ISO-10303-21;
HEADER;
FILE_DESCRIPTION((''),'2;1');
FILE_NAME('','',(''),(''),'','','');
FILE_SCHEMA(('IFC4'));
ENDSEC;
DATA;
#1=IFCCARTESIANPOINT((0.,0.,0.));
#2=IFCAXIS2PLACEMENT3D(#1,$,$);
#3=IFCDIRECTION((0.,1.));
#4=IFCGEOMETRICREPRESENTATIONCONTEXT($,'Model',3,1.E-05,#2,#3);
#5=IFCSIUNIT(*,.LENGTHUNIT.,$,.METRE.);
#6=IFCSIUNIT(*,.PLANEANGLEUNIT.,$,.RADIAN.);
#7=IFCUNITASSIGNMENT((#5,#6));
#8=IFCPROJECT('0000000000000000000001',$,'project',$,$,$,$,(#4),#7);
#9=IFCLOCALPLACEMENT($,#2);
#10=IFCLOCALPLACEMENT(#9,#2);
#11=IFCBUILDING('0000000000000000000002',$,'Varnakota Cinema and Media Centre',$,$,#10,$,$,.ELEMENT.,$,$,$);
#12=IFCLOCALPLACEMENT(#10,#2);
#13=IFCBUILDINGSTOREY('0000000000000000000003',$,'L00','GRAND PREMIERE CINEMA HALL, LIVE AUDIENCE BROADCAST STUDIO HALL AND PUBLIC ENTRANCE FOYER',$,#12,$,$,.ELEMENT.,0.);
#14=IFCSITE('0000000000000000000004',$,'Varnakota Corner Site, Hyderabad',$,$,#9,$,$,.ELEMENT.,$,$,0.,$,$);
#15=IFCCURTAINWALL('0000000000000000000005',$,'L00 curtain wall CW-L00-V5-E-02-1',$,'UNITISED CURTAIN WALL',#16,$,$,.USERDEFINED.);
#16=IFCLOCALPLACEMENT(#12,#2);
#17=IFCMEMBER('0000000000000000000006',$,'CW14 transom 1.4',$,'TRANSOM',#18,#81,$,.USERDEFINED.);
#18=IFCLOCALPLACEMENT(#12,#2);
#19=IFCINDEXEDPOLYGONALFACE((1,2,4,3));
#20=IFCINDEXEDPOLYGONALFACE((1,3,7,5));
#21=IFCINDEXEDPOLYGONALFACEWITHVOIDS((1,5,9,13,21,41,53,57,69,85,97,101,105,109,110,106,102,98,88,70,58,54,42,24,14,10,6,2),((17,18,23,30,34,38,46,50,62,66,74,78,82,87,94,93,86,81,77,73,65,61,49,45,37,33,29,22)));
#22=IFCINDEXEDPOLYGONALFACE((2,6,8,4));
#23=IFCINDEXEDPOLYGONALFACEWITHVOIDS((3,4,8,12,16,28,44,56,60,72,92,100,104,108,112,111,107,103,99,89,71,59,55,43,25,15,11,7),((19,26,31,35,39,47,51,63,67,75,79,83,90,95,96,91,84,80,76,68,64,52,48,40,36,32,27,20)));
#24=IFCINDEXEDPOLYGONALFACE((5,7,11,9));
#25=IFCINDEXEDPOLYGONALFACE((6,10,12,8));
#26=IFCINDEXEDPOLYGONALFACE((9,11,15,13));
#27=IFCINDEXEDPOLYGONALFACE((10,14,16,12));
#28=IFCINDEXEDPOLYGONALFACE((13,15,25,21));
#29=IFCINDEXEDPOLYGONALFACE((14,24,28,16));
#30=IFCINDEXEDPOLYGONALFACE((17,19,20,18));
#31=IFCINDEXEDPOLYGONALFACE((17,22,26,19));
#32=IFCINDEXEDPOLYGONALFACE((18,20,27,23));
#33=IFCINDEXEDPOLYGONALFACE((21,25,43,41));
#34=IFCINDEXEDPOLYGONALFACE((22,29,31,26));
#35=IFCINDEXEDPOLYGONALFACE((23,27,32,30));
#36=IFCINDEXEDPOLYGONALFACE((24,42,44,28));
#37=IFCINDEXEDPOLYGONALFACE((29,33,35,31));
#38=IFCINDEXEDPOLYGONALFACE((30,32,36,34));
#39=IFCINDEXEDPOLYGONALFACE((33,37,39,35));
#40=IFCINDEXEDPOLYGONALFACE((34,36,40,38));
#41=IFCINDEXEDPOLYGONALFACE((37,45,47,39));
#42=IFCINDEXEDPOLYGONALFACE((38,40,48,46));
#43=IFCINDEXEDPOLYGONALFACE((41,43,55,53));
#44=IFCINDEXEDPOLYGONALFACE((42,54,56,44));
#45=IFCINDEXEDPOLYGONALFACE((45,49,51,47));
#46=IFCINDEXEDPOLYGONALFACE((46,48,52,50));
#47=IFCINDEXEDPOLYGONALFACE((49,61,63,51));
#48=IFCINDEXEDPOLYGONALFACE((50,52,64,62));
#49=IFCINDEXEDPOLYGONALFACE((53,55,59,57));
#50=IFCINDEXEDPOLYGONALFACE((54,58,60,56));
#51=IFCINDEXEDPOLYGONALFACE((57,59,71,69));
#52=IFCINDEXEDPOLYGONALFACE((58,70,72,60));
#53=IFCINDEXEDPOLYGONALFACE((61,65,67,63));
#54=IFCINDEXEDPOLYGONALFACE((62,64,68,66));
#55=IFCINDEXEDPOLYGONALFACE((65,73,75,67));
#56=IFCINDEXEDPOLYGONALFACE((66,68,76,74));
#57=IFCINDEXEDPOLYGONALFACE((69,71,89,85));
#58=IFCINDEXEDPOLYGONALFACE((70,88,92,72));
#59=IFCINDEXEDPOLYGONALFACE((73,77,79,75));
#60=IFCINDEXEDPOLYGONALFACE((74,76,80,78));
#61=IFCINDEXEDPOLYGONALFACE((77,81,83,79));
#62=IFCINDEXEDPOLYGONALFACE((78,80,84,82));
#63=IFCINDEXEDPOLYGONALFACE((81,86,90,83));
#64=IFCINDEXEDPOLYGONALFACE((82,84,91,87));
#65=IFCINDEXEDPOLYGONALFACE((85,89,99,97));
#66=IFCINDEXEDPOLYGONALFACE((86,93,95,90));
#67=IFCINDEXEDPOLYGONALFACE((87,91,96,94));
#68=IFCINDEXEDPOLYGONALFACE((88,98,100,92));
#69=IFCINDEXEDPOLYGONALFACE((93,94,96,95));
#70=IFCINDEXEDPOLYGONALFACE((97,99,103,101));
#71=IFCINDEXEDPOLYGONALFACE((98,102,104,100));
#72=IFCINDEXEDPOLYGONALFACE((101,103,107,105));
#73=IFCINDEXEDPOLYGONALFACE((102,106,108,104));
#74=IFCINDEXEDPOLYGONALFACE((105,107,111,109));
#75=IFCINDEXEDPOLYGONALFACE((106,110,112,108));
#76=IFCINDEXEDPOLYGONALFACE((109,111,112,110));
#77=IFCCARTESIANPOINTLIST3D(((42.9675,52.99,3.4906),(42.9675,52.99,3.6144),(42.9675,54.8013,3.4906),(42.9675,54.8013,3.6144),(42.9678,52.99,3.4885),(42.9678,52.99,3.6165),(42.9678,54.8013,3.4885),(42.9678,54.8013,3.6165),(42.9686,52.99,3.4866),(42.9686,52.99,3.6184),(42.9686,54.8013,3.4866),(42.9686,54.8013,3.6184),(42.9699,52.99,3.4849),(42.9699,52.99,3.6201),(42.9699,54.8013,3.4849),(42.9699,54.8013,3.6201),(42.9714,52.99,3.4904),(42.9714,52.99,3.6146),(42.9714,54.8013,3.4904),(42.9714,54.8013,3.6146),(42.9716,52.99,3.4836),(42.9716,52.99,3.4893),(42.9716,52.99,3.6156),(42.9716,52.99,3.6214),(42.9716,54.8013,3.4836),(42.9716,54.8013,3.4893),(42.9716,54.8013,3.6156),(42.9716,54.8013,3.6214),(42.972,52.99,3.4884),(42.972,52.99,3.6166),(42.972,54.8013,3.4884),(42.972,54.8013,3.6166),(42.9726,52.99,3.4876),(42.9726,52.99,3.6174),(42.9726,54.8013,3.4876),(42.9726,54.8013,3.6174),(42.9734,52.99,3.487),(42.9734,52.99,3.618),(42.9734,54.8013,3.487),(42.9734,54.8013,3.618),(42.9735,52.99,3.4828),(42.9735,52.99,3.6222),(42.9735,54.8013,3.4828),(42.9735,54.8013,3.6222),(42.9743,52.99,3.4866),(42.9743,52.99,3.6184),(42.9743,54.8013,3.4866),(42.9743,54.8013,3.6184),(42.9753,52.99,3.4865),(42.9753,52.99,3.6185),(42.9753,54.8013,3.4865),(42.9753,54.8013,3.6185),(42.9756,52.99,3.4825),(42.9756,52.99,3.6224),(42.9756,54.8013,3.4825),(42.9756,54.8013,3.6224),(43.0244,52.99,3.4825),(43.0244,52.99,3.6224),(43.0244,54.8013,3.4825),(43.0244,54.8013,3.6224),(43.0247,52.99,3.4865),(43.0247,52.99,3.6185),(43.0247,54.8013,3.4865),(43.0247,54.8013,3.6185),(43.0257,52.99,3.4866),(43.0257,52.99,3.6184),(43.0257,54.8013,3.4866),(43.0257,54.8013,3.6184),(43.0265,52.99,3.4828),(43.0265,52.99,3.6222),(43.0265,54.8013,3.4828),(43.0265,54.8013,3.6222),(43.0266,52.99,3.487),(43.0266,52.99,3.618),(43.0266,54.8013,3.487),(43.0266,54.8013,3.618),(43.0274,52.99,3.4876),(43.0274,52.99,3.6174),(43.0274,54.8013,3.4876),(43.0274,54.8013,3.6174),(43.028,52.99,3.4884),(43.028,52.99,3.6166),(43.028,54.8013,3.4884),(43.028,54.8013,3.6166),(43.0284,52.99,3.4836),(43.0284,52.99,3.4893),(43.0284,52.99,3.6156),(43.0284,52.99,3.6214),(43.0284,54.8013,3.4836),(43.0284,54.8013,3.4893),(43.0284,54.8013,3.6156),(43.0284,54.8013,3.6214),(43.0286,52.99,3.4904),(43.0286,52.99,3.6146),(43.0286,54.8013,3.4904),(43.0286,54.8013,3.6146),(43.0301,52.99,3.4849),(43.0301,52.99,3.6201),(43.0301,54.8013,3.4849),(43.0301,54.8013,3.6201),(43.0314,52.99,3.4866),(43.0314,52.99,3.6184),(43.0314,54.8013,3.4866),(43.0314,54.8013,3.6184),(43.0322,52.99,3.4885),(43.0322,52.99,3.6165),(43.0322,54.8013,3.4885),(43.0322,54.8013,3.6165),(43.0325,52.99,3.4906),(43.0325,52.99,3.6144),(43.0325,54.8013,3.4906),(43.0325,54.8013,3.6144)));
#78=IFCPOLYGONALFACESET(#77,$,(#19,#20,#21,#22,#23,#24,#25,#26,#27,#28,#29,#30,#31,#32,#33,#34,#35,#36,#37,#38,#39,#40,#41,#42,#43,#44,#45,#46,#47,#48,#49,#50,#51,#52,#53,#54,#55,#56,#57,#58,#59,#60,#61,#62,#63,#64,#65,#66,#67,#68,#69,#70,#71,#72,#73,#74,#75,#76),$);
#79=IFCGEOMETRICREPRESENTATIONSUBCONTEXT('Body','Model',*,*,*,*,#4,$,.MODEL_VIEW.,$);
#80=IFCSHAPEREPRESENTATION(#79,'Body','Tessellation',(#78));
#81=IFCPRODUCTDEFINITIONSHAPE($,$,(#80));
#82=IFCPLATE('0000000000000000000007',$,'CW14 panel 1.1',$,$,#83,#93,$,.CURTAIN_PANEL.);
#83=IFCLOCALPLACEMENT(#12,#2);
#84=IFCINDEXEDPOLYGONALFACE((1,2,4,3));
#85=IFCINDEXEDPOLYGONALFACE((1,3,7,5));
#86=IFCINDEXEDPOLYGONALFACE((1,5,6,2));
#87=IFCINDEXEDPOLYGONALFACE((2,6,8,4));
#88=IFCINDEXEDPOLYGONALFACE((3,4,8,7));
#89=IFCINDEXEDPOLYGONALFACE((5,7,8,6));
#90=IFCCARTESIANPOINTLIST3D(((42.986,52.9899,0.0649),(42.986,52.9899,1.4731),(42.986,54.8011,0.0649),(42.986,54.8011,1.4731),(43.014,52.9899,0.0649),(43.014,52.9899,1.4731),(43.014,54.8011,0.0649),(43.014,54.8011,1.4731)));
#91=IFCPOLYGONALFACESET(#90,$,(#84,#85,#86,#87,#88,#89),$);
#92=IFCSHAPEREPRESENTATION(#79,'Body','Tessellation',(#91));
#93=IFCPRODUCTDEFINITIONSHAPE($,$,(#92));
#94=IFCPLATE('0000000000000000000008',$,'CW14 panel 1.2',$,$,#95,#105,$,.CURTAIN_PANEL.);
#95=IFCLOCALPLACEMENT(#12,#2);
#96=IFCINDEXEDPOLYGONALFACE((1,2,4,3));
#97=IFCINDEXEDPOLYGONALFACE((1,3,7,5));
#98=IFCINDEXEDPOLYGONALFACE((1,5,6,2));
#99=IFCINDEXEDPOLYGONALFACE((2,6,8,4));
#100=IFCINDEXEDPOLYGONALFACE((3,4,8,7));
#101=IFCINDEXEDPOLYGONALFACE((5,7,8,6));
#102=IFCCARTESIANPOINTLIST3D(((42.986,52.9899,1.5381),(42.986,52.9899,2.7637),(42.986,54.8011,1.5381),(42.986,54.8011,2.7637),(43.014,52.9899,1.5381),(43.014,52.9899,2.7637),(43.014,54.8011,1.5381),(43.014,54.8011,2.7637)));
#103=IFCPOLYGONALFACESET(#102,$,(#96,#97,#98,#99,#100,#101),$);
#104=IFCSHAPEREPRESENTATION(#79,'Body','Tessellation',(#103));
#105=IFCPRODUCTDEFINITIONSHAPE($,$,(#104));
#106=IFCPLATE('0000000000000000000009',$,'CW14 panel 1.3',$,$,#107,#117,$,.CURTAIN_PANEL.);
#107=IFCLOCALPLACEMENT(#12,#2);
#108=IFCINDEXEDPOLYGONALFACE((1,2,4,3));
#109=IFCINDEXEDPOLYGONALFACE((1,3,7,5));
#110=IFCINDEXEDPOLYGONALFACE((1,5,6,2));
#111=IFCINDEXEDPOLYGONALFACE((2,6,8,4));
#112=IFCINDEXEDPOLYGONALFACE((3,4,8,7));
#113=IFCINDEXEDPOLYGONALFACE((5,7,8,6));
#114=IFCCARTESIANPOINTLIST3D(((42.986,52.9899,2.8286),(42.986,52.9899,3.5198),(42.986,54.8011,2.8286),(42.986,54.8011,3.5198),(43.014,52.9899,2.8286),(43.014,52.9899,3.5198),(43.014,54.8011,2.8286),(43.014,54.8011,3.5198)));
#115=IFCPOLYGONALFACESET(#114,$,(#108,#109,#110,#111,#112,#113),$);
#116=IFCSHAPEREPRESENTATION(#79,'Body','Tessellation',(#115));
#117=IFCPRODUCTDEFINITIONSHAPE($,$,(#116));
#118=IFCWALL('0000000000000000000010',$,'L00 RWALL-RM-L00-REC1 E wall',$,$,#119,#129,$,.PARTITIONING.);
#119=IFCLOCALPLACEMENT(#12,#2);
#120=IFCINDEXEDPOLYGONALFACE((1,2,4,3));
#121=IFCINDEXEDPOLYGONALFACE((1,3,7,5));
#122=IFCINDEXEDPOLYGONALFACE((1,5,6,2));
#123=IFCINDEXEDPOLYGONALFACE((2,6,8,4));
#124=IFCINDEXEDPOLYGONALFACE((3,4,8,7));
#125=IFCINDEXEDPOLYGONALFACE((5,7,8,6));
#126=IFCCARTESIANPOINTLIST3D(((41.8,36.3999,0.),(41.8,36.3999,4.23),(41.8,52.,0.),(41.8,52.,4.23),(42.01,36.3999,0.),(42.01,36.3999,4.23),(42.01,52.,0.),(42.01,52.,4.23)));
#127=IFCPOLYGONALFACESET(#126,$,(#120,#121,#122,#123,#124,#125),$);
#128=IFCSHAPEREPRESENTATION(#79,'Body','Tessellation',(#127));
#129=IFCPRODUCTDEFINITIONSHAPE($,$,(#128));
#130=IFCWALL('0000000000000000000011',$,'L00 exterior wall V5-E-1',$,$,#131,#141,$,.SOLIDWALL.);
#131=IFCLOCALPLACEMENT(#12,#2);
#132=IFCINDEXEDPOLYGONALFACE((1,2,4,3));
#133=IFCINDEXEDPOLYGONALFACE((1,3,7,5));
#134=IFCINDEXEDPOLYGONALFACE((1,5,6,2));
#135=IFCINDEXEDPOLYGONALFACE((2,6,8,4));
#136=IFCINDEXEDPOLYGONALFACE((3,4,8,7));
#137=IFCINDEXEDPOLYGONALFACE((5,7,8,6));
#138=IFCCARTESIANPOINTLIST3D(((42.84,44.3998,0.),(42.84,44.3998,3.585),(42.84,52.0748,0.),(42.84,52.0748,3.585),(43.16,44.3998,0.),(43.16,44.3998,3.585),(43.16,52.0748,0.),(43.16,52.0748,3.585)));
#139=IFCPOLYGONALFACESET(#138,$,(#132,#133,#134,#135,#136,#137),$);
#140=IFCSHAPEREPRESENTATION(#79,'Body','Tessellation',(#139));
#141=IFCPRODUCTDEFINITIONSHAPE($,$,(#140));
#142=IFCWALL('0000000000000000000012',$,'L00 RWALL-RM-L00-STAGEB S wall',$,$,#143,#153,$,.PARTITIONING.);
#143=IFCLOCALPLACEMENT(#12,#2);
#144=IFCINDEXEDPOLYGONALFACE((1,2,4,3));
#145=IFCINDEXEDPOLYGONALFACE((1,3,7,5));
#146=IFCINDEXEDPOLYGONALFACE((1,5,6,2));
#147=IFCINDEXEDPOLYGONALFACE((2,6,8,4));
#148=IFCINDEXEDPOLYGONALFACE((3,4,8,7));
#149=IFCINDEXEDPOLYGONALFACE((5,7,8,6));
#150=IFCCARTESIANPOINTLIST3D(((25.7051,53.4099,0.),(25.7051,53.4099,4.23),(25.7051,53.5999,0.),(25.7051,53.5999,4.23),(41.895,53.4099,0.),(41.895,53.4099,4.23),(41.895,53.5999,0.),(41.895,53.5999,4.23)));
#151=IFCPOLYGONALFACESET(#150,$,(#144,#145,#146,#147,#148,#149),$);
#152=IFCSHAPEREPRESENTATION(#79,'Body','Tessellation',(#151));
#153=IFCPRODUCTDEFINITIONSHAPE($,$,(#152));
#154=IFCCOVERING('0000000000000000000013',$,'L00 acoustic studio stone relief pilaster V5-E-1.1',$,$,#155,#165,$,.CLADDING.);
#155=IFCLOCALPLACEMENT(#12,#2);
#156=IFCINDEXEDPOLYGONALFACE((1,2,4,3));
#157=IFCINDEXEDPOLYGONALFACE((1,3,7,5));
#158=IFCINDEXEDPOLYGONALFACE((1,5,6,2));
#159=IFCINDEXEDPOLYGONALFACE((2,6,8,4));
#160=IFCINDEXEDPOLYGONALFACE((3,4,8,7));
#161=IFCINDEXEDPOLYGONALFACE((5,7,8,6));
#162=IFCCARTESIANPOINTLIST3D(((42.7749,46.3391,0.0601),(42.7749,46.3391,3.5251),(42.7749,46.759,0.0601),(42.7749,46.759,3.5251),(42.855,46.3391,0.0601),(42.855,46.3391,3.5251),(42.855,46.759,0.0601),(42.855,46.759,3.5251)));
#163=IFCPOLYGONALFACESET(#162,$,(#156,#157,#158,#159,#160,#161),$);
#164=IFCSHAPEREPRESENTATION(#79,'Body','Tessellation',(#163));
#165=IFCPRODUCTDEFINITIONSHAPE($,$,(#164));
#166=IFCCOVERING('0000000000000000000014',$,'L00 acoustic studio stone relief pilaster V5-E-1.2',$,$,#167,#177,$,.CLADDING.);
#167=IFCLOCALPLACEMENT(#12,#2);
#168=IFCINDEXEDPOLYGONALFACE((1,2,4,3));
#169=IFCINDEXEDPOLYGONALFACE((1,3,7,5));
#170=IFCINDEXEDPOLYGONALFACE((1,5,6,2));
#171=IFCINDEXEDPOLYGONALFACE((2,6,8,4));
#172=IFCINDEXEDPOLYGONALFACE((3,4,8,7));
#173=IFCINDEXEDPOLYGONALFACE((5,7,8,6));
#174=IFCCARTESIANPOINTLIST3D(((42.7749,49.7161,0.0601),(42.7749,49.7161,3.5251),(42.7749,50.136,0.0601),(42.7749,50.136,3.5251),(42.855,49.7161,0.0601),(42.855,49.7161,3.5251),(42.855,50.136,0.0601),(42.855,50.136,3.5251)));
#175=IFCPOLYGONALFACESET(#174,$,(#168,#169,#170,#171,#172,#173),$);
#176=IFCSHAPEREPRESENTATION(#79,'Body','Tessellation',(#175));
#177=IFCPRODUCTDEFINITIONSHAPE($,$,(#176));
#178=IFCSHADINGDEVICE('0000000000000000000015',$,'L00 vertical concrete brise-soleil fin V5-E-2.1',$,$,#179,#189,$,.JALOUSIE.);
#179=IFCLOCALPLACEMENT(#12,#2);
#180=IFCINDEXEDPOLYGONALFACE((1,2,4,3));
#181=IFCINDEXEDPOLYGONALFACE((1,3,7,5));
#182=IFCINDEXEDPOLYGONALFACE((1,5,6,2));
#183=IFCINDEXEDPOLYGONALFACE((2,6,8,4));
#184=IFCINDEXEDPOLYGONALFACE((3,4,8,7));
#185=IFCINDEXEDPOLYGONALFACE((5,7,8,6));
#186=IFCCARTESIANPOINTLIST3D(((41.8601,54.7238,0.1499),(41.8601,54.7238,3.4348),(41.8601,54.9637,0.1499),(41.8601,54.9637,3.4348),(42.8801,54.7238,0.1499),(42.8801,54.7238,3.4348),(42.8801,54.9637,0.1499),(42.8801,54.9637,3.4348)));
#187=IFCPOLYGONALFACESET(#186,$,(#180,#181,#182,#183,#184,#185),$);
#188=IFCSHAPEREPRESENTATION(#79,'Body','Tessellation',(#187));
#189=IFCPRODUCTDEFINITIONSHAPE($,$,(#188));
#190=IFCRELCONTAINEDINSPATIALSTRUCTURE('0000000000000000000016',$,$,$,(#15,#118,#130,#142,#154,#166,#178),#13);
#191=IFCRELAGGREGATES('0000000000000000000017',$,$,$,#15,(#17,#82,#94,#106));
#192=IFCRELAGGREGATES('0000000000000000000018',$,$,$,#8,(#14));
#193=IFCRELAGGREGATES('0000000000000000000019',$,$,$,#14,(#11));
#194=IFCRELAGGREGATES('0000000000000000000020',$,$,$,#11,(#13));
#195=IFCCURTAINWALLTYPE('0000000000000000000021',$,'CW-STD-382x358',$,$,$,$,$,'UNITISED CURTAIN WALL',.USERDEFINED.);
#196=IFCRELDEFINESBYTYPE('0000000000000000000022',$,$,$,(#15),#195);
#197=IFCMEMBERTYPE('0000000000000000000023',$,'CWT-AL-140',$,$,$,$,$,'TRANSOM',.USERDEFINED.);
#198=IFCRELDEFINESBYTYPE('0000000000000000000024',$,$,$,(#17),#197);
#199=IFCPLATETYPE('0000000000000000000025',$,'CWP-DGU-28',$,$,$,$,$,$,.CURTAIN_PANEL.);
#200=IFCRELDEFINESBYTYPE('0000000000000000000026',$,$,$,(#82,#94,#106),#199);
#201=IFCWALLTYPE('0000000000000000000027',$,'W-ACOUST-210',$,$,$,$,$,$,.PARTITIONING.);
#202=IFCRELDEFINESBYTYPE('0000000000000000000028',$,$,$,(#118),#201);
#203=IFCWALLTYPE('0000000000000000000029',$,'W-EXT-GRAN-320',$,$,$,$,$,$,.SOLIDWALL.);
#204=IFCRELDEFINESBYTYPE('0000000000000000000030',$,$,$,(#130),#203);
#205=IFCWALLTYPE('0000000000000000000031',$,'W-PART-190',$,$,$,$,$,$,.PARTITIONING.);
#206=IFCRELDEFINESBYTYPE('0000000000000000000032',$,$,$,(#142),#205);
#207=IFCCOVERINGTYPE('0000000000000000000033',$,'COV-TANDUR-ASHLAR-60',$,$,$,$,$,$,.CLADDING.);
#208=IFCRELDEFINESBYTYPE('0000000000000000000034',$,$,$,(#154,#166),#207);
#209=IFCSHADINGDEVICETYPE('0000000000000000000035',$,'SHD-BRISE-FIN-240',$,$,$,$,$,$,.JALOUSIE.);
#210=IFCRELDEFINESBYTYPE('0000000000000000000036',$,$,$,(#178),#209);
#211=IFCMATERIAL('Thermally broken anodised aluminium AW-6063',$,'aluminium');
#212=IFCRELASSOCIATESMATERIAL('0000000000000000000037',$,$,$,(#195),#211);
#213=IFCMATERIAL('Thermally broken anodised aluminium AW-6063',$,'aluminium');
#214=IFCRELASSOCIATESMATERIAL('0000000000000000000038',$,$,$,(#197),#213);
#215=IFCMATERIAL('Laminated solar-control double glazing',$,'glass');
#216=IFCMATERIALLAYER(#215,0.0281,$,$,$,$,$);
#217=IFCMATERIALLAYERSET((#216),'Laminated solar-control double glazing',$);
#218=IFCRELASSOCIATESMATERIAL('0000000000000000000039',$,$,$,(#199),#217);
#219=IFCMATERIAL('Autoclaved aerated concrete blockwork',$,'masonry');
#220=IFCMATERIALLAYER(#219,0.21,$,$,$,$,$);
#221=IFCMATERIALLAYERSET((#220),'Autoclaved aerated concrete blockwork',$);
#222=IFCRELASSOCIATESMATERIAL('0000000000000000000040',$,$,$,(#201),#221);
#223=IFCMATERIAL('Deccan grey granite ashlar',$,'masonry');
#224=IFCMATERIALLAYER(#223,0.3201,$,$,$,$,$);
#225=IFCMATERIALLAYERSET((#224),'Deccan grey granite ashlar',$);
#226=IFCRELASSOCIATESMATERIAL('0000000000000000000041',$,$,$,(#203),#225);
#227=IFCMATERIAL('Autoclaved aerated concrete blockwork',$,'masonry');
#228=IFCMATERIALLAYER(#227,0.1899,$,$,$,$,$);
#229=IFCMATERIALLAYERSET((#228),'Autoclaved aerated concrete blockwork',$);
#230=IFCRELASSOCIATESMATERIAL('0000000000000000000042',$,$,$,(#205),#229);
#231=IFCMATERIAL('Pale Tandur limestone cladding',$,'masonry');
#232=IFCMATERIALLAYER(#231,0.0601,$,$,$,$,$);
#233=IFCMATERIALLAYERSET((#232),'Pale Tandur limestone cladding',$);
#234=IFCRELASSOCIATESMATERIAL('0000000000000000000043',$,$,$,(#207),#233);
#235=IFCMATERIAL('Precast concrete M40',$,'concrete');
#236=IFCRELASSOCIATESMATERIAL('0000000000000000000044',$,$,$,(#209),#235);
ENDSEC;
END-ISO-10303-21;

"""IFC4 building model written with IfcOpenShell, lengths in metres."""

from ifc_helpers import new_model, si_unit, direction, frame, frame_2d, origin, origin_2d, place, context, subcontext, project, spatial, rectangle, hollow_rectangle, extrude, material, layer, layer_set, material_profile, profile_set, type_object, element, aggregate, save


model = new_model("IFC4")

# Units and contexts
model_context = context("Model", 3, precision=1e-05, world=origin(), true_north=direction((0.0, 1.0)))
body_context = subcontext(model_context, "Body", "Model", "MODEL_VIEW")
ifc_project = project(units=[si_unit("LENGTHUNIT", "METRE"), si_unit("PLANEANGLEUNIT", "RADIAN")], contexts=[model_context])

# Site, building, storey
site_placement = place(None, origin())
site = spatial("IfcSite", under=ifc_project, at=site_placement, Name="Varnakota Corner Site, Hyderabad", CompositionType="ELEMENT", RefElevation=0.0)
building_placement = place(site_placement, origin())
building = spatial("IfcBuilding", under=site, at=building_placement, Name="Varnakota Cinema and Media Centre", CompositionType="ELEMENT")
storey_placement = place(building_placement, origin())
storey = spatial("IfcBuildingStorey", under=building, at=storey_placement, Name="L00", Description="GRAND PREMIERE CINEMA HALL, LIVE AUDIENCE BROADCAST STUDIO HALL AND PUBLIC ENTRANCE FOYER", CompositionType="ELEMENT", Elevation=0.0)

# Curtain wall, member, plates
ifc_material_1 = material(Name="Thermally broken anodised aluminium AW-6063", Category="aluminium")
curtain_wall_type = type_object("IfcCurtainWallType", Name="CW-STD-382x358", ElementType="UNITISED CURTAIN WALL", PredefinedType="USERDEFINED", material=ifc_material_1)
curtain_wall_placement = place(storey_placement, origin())
curtain_wall = element("IfcCurtainWall", 1, at=curtain_wall_placement, inside=storey, type_object=curtain_wall_type, Name="L00 curtain wall CW-L00-V5-E-02-1", ObjectType="UNITISED CURTAIN WALL", PredefinedType="USERDEFINED")
ifc_material_2 = material(Name="Thermally broken anodised aluminium AW-6063", Category="aluminium")
ifc_material_profile_1 = material_profile(ifc_material_2, hollow_rectangle(XDim=0.0649, YDim=0.1399, WallThickness=0.0039, InnerFilletRadius=0.0039, OuterFilletRadius=0.0081, at=origin_2d()), Name="AL-TRANSOM 140x65x4")
ifc_profile_set_1 = profile_set([ifc_material_profile_1], Name="Thermally broken anodised aluminium AW-6063")
member_type_1 = type_object("IfcMemberType", Name="CWT-AL-140", ElementType="TRANSOM", PredefinedType="USERDEFINED", material=ifc_profile_set_1)
member_1_placement = place(storey_placement, frame((43.0, 52.99, 3.5525), z_axis=(0.0, 1.0, 0.0), x_axis=(-1.0, 0.0, 0.0)))
member_1 = element("IfcMember", 2, at=member_1_placement, type_object=member_type_1, Name="CW14 transom 1.4", ObjectType="TRANSOM", PredefinedType="USERDEFINED", context=body_context, shape_type="SweptSolid", body=[
    extrude(hollow_rectangle(XDim=0.0649, YDim=0.1399, WallThickness=0.0039, InnerFilletRadius=0.0039, OuterFilletRadius=0.0081, at=origin_2d()), origin(), (0.0, 0.0, 1.0), 1.8113),
])
ifc_material_3 = material(Name="Laminated solar-control double glazing", Category="glass")
ifc_layer_1 = layer(ifc_material_3, 0.0281)
ifc_layer_set_1 = layer_set([ifc_layer_1], Name="Laminated solar-control double glazing")
plate_type = type_object("IfcPlateType", Name="CWP-DGU-28", PredefinedType="CURTAIN_PANEL", material=ifc_layer_set_1)
plate_1_placement = place(storey_placement, frame((43.0, 53.8955, 0.0649), z_axis=(0.0, 0.0, 1.0), x_axis=(0.0, 1.0, 0.0)))
plate_1 = element("IfcPlate", 3, at=plate_1_placement, type_object=plate_type, Name="CW14 panel 1.1", PredefinedType="CURTAIN_PANEL", context=body_context, shape_type="SweptSolid", body=[
    extrude(rectangle(XDim=1.8113, YDim=0.0281, at=origin_2d()), origin(), (0.0, 0.0, 1.0), 1.4082),
])
plate_2_placement = place(storey_placement, frame((43.0, 53.8955, 1.5381), z_axis=(0.0, 0.0, 1.0), x_axis=(0.0, 1.0, 0.0)))
plate_2 = element("IfcPlate", 4, at=plate_2_placement, type_object=plate_type, Name="CW14 panel 1.2", PredefinedType="CURTAIN_PANEL", context=body_context, shape_type="SweptSolid", body=[
    extrude(rectangle(XDim=1.8113, YDim=0.0281, at=origin_2d()), origin(), (0.0, 0.0, 1.0), 1.2256),
])
plate_3_placement = place(storey_placement, frame((43.0, 53.8955, 2.8286), z_axis=(0.0, 0.0, 1.0), x_axis=(0.0, 1.0, 0.0)))
plate_3 = element("IfcPlate", 5, at=plate_3_placement, type_object=plate_type, Name="CW14 panel 1.3", PredefinedType="CURTAIN_PANEL", context=body_context, shape_type="SweptSolid", body=[
    extrude(rectangle(XDim=1.8113, YDim=0.0281, at=origin_2d()), origin(), (0.0, 0.0, 1.0), 0.6912),
])
aggregate(curtain_wall, [member_1, plate_1, plate_2, plate_3])

# Walls
ifc_material_4 = material(Name="Autoclaved aerated concrete blockwork", Category="masonry")
ifc_layer_2 = layer(ifc_material_4, 0.21)
ifc_layer_set_2 = layer_set([ifc_layer_2], Name="Autoclaved aerated concrete blockwork")
wall_type_1 = type_object("IfcWallType", Name="W-ACOUST-210", PredefinedType="PARTITIONING", material=ifc_layer_set_2)
wall_1_placement = place(storey_placement, frame((41.905, 52.0, 0.0), z_axis=(0.0, 0.0, 1.0), x_axis=(0.0, -1.0, 0.0)))
element("IfcWall", 6, at=wall_1_placement, inside=storey, type_object=wall_type_1, Name="L00 RWALL-RM-L00-REC1 E wall", PredefinedType="PARTITIONING", context=body_context, shape_type="SweptSolid", body=[
    extrude(rectangle(XDim=15.6001, YDim=0.21, at=frame_2d((7.8, 0.0))), origin(), (0.0, 0.0, 1.0), 4.23),
])
ifc_material_5 = material(Name="Deccan grey granite ashlar", Category="masonry")
ifc_layer_3 = layer(ifc_material_5, 0.3201)
ifc_layer_set_3 = layer_set([ifc_layer_3], Name="Deccan grey granite ashlar")
wall_type_2 = type_object("IfcWallType", Name="W-EXT-GRAN-320", PredefinedType="SOLIDWALL", material=ifc_layer_set_3)
wall_2_placement = place(storey_placement, frame((43.0, 44.3999, 0.0), z_axis=(0.0, 0.0, 1.0), x_axis=(0.0, 1.0, 0.0)))
element("IfcWall", 7, at=wall_2_placement, inside=storey, type_object=wall_type_2, Name="L00 exterior wall V5-E-1", PredefinedType="SOLIDWALL", context=body_context, shape_type="SweptSolid", body=[
    extrude(rectangle(XDim=7.675, YDim=0.3201, at=frame_2d((3.8374, 0.0))), origin(), (0.0, 0.0, 1.0), 3.585),
])
ifc_material_6 = material(Name="Autoclaved aerated concrete blockwork", Category="masonry")
ifc_layer_4 = layer(ifc_material_6, 0.1899)
ifc_layer_set_4 = layer_set([ifc_layer_4], Name="Autoclaved aerated concrete blockwork")
wall_type_3 = type_object("IfcWallType", Name="W-PART-190", PredefinedType="PARTITIONING", material=ifc_layer_set_4)
wall_3_placement = place(storey_placement, frame((41.895, 53.5049, 0.0), z_axis=(0.0, 0.0, 1.0), x_axis=(-1.0, 0.0, 0.0)))
element("IfcWall", 8, at=wall_3_placement, inside=storey, type_object=wall_type_3, Name="L00 RWALL-RM-L00-STAGEB S wall", PredefinedType="PARTITIONING", context=body_context, shape_type="SweptSolid", body=[
    extrude(rectangle(XDim=16.1899, YDim=0.1899, at=frame_2d((8.095, 0.0))), origin(), (0.0, 0.0, 1.0), 4.23),
])

# Coverings
ifc_material_7 = material(Name="Pale Tandur limestone cladding", Category="masonry")
ifc_layer_5 = layer(ifc_material_7, 0.0601)
ifc_layer_set_5 = layer_set([ifc_layer_5], Name="Pale Tandur limestone cladding")
covering_type = type_object("IfcCoveringType", Name="COV-TANDUR-ASHLAR-60", PredefinedType="CLADDING", material=ifc_layer_set_5)
for number, where, z_axis, x_axis, name in (
    (9, (42.8149, 46.5491, 0.0601), (0.0, 0.0, 1.0), (0.0, 1.0, 0.0), "L00 acoustic studio stone relief pilaster V5-E-1.1"),
    (10, (42.8149, 49.926, 0.0601), (0.0, 0.0, 1.0), (0.0, 1.0, 0.0), "L00 acoustic studio stone relief pilaster V5-E-1.2"),
):
    element("IfcCovering", number, at=place(storey_placement, frame(where, z_axis=z_axis, x_axis=x_axis)), inside=storey, type_object=covering_type, Name=name, PredefinedType="CLADDING", context=body_context, shape_type="SweptSolid", body=[
        extrude(rectangle(XDim=0.4199, YDim=0.0801, at=origin_2d()), origin(), (0.0, 0.0, 1.0), 3.4651),
    ])

# Shading device
ifc_material_8 = material(Name="Precast concrete M40", Category="concrete")
shading_device_type_1 = type_object("IfcShadingDeviceType", Name="SHD-BRISE-FIN-240", PredefinedType="JALOUSIE", material=ifc_material_8)
for number, where, z_axis, x_axis, name in (
    (11, (42.3701, 54.8438, 0.1499), (0.0, 0.0, 1.0), (0.0, 1.0, 0.0), "L00 vertical concrete brise-soleil fin V5-E-2.1"),
):
    element("IfcShadingDevice", number, at=place(storey_placement, frame(where, z_axis=z_axis, x_axis=x_axis)), inside=storey, type_object=shading_device_type_1, Name=name, PredefinedType="JALOUSIE", context=body_context, shape_type="SweptSolid", body=[
        extrude(rectangle(XDim=0.24, YDim=1.02, at=origin_2d()), origin(), (0.0, 0.0, 1.0), 3.2849),
    ])

save(model, "model.ifc")
